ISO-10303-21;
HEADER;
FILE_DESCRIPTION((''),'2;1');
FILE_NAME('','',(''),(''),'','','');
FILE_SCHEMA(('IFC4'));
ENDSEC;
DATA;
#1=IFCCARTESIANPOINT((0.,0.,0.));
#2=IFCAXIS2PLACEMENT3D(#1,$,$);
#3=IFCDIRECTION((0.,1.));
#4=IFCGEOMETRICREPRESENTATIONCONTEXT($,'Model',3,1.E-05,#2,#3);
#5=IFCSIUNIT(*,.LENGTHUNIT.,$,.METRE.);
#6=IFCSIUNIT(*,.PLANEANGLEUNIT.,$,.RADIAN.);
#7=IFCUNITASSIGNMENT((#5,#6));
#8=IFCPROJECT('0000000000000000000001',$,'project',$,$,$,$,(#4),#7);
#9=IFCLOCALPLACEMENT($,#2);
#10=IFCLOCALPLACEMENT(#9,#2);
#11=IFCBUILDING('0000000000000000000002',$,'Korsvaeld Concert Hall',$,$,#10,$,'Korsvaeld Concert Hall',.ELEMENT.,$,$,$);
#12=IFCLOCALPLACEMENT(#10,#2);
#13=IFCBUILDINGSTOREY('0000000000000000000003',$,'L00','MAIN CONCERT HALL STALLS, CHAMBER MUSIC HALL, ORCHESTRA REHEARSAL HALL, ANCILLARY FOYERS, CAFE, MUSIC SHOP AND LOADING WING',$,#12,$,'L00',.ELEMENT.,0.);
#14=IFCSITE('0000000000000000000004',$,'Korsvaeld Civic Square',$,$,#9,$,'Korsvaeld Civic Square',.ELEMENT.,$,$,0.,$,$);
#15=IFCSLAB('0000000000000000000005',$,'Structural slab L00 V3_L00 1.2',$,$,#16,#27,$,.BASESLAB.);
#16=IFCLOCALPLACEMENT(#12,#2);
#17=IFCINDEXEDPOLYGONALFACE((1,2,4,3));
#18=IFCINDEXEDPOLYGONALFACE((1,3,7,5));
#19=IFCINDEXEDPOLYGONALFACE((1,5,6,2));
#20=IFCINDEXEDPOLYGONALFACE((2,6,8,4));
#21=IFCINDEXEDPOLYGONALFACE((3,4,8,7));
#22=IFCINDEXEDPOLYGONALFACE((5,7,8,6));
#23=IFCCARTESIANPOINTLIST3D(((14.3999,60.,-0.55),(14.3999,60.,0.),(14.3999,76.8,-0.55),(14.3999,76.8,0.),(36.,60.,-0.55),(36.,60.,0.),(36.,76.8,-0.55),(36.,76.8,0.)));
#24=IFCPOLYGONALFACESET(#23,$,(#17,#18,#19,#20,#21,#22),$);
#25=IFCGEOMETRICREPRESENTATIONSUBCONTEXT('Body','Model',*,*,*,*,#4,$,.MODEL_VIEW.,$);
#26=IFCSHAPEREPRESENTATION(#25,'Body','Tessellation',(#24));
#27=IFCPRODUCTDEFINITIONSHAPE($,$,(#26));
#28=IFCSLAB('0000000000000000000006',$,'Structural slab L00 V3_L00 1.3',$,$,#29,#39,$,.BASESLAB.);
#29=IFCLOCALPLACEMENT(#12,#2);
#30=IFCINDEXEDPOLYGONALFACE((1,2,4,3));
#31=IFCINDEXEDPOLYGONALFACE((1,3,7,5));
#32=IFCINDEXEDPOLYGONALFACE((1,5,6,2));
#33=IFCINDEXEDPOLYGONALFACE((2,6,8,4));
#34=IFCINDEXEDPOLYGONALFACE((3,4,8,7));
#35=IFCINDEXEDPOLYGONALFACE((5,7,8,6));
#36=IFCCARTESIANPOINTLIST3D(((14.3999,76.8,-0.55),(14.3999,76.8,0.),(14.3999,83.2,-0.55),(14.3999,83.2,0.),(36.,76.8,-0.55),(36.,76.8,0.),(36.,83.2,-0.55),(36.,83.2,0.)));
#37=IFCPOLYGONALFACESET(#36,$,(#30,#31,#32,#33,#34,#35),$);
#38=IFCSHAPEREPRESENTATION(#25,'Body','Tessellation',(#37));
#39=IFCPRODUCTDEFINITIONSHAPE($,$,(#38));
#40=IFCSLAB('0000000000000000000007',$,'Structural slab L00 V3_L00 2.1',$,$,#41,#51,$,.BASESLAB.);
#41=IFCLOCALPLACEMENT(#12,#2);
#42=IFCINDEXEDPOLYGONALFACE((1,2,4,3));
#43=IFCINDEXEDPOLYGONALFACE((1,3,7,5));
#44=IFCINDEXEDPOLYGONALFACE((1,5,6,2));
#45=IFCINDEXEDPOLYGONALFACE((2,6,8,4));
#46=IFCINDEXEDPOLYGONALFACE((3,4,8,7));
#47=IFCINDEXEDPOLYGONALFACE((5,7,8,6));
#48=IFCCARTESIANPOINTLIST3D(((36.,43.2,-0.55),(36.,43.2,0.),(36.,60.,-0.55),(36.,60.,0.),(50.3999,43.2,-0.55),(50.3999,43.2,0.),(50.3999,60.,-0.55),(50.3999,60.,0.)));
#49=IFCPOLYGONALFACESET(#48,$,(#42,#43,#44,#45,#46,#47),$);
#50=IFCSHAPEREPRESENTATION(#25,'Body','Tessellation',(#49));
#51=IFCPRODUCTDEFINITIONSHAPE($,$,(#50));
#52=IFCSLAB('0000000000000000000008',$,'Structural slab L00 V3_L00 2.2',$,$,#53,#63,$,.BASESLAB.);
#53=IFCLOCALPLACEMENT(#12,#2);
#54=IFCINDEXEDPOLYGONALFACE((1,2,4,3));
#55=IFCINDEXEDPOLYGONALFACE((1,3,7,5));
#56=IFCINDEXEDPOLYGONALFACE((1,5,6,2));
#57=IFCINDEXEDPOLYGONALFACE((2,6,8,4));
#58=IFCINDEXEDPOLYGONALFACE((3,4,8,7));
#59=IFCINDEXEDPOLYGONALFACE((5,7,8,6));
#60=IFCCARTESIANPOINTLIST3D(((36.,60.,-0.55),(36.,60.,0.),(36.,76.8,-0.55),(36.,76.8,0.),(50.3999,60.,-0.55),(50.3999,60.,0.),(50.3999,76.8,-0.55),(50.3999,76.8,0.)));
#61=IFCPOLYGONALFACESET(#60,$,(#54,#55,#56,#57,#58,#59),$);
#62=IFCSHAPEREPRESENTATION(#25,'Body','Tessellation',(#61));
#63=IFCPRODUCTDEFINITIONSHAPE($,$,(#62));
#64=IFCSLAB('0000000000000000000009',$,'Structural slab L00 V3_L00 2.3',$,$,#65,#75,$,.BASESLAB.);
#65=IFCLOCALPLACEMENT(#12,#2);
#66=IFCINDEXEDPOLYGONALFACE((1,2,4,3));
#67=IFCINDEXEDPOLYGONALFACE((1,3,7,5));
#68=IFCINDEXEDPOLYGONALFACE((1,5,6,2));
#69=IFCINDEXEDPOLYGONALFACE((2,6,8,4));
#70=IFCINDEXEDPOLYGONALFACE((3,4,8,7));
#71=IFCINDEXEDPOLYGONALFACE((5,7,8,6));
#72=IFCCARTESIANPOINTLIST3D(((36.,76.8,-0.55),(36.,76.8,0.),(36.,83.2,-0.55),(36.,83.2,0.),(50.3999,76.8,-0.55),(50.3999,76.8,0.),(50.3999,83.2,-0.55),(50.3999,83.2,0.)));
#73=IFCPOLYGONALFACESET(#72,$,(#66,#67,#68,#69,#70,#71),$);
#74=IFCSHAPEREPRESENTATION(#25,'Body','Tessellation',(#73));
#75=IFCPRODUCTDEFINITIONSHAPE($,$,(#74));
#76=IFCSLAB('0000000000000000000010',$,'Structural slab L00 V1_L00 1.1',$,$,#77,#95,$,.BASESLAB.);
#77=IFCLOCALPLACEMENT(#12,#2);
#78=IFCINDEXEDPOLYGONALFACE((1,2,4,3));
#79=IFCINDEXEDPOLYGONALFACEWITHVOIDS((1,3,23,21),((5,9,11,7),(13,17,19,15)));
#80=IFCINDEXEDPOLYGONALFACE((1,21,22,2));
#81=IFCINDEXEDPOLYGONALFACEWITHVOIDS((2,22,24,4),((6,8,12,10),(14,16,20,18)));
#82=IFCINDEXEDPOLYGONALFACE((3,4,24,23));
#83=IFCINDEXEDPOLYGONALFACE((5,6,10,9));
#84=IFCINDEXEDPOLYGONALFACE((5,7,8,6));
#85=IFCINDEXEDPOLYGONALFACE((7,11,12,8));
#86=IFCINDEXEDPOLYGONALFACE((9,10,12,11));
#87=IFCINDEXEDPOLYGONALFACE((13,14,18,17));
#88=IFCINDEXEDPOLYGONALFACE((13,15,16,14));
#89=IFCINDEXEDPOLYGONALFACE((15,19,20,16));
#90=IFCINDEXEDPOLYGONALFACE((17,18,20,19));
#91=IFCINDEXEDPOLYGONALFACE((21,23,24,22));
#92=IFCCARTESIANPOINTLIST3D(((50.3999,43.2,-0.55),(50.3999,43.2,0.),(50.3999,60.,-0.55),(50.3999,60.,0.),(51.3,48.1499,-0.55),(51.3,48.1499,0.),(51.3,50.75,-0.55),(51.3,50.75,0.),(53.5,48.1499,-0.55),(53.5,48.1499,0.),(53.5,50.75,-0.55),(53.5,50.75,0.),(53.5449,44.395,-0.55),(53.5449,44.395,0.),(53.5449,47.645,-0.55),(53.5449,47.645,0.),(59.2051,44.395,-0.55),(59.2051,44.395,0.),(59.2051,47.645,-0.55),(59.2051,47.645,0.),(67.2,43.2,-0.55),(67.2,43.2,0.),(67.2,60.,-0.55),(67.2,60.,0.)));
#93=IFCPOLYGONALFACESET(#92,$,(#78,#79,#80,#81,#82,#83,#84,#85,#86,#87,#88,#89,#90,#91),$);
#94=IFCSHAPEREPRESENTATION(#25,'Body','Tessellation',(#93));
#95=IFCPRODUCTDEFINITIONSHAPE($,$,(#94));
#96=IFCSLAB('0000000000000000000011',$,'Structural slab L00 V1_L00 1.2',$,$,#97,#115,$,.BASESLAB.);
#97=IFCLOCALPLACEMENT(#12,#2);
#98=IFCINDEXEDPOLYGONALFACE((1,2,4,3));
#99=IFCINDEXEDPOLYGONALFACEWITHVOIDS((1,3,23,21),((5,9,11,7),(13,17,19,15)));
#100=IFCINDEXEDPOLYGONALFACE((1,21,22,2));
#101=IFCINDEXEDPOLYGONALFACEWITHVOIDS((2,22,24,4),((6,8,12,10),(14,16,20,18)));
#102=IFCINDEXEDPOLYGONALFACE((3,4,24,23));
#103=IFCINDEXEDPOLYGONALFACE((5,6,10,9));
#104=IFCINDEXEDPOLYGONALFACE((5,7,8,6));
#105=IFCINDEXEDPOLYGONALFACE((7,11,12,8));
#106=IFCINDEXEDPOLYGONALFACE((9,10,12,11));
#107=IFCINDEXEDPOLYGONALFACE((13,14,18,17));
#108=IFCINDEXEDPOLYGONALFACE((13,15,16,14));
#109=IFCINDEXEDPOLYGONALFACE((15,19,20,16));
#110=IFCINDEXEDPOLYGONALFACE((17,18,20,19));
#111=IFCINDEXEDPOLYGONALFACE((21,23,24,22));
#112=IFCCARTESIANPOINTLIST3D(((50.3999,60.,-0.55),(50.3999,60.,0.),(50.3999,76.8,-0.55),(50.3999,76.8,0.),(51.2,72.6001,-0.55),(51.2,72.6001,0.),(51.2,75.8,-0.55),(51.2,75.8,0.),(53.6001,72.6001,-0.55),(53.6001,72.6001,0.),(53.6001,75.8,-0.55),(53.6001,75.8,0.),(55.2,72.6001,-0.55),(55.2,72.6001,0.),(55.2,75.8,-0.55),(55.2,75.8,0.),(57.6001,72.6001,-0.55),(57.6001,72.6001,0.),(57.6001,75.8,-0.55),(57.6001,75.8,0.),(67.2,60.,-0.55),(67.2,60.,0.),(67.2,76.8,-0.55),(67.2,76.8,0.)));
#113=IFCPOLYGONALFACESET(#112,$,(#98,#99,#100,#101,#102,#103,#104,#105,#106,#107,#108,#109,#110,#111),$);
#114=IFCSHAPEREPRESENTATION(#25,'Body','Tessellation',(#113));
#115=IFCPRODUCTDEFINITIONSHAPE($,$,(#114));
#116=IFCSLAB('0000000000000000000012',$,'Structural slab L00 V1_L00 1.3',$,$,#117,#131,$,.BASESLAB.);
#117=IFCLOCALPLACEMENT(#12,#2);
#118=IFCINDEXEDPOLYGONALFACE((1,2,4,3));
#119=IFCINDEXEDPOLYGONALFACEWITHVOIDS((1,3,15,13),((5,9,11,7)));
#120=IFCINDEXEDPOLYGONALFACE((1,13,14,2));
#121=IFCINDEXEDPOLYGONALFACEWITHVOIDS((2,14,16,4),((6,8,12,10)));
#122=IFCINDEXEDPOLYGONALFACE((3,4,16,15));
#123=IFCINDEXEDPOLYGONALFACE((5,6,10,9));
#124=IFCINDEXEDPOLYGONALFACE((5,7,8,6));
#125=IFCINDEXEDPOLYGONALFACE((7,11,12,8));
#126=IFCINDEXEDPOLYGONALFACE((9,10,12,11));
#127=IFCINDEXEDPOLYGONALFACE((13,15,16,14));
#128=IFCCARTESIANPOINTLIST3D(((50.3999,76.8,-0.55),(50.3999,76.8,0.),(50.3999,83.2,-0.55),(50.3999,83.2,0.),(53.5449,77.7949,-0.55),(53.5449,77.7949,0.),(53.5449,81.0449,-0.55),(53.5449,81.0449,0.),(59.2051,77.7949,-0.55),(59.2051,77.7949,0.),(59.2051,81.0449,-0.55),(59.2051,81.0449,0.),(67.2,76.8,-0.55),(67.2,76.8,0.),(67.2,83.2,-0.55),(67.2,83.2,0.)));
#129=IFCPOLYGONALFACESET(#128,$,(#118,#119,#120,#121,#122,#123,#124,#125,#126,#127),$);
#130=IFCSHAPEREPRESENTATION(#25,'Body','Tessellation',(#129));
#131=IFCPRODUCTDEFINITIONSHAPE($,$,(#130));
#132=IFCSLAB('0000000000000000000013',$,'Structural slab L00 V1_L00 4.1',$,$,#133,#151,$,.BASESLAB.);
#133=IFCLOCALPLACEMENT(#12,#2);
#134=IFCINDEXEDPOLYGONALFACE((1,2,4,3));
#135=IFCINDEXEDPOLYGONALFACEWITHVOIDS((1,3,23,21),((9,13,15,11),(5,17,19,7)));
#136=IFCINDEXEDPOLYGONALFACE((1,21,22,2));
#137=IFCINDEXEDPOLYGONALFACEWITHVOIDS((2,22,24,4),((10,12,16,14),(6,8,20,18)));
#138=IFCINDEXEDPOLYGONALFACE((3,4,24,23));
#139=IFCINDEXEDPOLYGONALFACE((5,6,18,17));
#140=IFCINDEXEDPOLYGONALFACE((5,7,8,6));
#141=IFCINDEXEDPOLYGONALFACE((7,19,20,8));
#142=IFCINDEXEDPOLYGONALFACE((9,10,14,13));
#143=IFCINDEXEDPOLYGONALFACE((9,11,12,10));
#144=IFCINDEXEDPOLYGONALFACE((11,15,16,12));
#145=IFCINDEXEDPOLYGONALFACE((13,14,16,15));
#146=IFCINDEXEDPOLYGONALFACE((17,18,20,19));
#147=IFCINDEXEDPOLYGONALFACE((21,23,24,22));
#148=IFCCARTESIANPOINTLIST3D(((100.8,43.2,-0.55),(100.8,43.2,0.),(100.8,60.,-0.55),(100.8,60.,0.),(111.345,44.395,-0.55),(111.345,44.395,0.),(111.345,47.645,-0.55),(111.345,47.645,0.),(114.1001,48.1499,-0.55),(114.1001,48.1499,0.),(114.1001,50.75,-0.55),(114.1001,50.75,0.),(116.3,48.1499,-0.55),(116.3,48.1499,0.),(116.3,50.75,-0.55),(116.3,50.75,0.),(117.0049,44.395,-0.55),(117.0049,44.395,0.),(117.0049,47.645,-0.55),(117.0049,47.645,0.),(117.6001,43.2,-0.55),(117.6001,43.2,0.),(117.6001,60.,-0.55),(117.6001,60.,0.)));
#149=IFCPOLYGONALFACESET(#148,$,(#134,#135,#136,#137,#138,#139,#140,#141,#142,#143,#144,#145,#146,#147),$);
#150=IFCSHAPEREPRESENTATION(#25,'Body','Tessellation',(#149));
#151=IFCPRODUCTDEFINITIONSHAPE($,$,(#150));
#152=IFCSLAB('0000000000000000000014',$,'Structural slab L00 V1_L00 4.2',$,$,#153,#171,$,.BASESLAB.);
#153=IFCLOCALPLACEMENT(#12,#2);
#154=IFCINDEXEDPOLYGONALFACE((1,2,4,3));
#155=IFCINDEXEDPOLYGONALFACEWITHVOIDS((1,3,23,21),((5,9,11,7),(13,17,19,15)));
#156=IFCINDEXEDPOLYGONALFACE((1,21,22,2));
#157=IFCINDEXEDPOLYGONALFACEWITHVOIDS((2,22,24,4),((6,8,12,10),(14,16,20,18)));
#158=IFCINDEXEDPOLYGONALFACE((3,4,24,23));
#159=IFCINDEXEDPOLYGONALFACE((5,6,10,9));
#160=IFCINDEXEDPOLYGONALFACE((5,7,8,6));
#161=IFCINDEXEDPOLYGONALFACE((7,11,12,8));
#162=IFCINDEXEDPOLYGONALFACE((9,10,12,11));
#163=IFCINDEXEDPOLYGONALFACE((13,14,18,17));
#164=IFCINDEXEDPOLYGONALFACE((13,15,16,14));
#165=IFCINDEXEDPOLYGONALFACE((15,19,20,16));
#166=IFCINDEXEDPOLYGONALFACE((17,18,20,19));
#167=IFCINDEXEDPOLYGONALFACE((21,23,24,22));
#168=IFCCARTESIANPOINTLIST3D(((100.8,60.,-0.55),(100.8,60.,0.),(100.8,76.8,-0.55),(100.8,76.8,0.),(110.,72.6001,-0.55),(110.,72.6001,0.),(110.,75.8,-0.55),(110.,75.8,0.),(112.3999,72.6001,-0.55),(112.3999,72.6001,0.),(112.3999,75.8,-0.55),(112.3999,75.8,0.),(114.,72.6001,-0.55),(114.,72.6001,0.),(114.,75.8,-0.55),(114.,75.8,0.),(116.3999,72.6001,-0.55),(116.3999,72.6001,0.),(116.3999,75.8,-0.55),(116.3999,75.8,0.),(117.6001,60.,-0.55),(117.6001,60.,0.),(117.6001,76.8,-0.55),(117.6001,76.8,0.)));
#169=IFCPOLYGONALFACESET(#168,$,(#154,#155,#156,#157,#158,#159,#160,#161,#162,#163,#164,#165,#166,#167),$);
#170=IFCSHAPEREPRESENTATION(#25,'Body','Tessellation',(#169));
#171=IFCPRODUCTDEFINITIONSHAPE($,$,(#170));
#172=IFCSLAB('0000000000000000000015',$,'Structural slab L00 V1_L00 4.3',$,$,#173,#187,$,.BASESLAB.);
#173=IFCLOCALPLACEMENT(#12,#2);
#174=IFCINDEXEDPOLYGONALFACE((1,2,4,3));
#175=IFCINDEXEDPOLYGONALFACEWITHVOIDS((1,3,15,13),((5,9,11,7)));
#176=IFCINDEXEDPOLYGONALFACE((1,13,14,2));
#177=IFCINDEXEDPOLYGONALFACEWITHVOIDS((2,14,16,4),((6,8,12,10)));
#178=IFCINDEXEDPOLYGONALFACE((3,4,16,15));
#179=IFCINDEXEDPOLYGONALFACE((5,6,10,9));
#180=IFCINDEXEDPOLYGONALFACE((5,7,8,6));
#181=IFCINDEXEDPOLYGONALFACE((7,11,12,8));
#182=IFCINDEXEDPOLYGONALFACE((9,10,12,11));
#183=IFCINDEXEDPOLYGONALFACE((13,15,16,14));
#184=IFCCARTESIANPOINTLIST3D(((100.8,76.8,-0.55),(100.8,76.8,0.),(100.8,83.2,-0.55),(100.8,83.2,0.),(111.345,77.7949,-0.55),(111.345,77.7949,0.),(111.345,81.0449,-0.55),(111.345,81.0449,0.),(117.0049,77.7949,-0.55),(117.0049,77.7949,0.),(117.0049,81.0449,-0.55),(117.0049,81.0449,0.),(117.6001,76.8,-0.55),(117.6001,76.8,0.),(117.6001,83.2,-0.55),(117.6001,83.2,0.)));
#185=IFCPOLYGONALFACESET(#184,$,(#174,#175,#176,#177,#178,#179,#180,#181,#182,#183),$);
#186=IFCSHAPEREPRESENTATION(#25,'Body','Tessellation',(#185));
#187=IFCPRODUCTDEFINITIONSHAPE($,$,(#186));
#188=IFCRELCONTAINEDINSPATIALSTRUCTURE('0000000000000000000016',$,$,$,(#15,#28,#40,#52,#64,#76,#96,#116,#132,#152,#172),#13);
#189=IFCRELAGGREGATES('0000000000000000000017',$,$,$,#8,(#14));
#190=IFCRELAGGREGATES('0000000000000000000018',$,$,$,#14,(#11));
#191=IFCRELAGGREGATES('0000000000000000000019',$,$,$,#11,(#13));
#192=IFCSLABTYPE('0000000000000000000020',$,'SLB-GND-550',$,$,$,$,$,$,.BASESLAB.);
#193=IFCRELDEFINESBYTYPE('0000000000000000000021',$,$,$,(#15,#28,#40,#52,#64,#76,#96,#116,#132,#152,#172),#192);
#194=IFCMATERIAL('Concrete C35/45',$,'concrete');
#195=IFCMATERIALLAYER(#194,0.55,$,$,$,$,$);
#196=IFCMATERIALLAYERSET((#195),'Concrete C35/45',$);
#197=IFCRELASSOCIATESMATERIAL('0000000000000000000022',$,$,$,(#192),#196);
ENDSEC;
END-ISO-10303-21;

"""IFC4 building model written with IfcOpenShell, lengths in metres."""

from ifc_helpers import new_model, si_unit, direction, frame, origin, place, context, subcontext, project, spatial, polyline, outline, extrude, material, layer, layer_set, type_object, element, save


model = new_model("IFC4")

# Units and contexts
model_context = context("Model", 3, precision=1e-05, world=origin(), true_north=direction((0.0, 1.0)))
body_context = subcontext(model_context, "Body", "Model", "MODEL_VIEW")
ifc_project = project(units=[si_unit("LENGTHUNIT", "METRE"), si_unit("PLANEANGLEUNIT", "RADIAN")], contexts=[model_context])

# Site, building, storey
site_placement = place(None, origin())
site = spatial("IfcSite", under=ifc_project, at=site_placement, Name="Korsvaeld Civic Square", LongName="Korsvaeld Civic Square", CompositionType="ELEMENT", RefElevation=0.0)
building_placement = place(site_placement, origin())
building = spatial("IfcBuilding", under=site, at=building_placement, Name="Korsvaeld Concert Hall", LongName="Korsvaeld Concert Hall", CompositionType="ELEMENT")
storey_placement = place(building_placement, origin())
storey = spatial("IfcBuildingStorey", under=building, at=storey_placement, Name="L00", Description="MAIN CONCERT HALL STALLS, CHAMBER MUSIC HALL, ORCHESTRA REHEARSAL HALL, ANCILLARY FOYERS, CAFE, MUSIC SHOP AND LOADING WING", LongName="L00", CompositionType="ELEMENT", Elevation=0.0)

# Slabs
ifc_material = material(Name="Concrete C35/45", Category="concrete")
ifc_layer = layer(ifc_material, 0.55)
ifc_layer_set = layer_set([ifc_layer], Name="Concrete C35/45")
slab_type = type_object("IfcSlabType", Name="SLB-GND-550", PredefinedType="BASESLAB", material=ifc_layer_set)
slab_1_placement = place(storey_placement, frame((0.0, 0.0, -0.55)))
element("IfcSlab", 1, at=slab_1_placement, inside=storey, type_object=slab_type, Name="Structural slab L00 V3_L00 1.2", PredefinedType="BASESLAB", context=body_context, shape_type="SweptSolid", body=[
    extrude(outline(polyline([(14.3999, 60.0), (14.3999, 76.8), (36.0, 76.8), (36.0, 60.0), (14.3999, 60.0)])), origin(), (0.0, 0.0, 1.0), 0.55),
])
slab_2_placement = place(storey_placement, frame((0.0, 0.0, -0.55)))
element("IfcSlab", 2, at=slab_2_placement, inside=storey, type_object=slab_type, Name="Structural slab L00 V3_L00 1.3", PredefinedType="BASESLAB", context=body_context, shape_type="SweptSolid", body=[
    extrude(outline(polyline([(14.3999, 76.8), (14.3999, 83.2), (36.0, 83.2), (36.0, 76.8), (14.3999, 76.8)])), origin(), (0.0, 0.0, 1.0), 0.55),
])
slab_3_placement = place(storey_placement, frame((0.0, 0.0, -0.55)))
element("IfcSlab", 3, at=slab_3_placement, inside=storey, type_object=slab_type, Name="Structural slab L00 V3_L00 2.1", PredefinedType="BASESLAB", context=body_context, shape_type="SweptSolid", body=[
    extrude(outline(polyline([(36.0, 43.2), (36.0, 60.0), (50.3999, 60.0), (50.3999, 43.2), (36.0, 43.2)])), origin(), (0.0, 0.0, 1.0), 0.55),
])
slab_4_placement = place(storey_placement, frame((0.0, 0.0, -0.55)))
element("IfcSlab", 4, at=slab_4_placement, inside=storey, type_object=slab_type, Name="Structural slab L00 V3_L00 2.2", PredefinedType="BASESLAB", context=body_context, shape_type="SweptSolid", body=[
    extrude(outline(polyline([(36.0, 60.0), (36.0, 76.8), (50.3999, 76.8), (50.3999, 60.0), (36.0, 60.0)])), origin(), (0.0, 0.0, 1.0), 0.55),
])
slab_5_placement = place(storey_placement, frame((0.0, 0.0, -0.55)))
element("IfcSlab", 5, at=slab_5_placement, inside=storey, type_object=slab_type, Name="Structural slab L00 V3_L00 2.3", PredefinedType="BASESLAB", context=body_context, shape_type="SweptSolid", body=[
    extrude(outline(polyline([(36.0, 76.8), (36.0, 83.2), (50.3999, 83.2), (50.3999, 76.8), (36.0, 76.8)])), origin(), (0.0, 0.0, 1.0), 0.55),
])
slab_6_placement = place(storey_placement, frame((0.0, 0.0, -0.55)))
element("IfcSlab", 6, at=slab_6_placement, inside=storey, type_object=slab_type, Name="Structural slab L00 V1_L00 1.1", PredefinedType="BASESLAB", context=body_context, shape_type="SweptSolid", body=[
    extrude(outline(polyline([(50.3999, 43.2), (50.3999, 60.0), (67.2, 60.0), (67.2, 43.2), (50.3999, 43.2)]), holes=[polyline([(59.2051, 47.645), (53.5449, 47.645), (53.5449, 44.395), (59.2051, 44.395), (59.2051, 47.645)]), polyline([(53.5, 50.75), (51.3, 50.75), (51.3, 48.1499), (53.5, 48.1499), (53.5, 50.75)])]), origin(), (0.0, 0.0, 1.0), 0.55),
])
slab_7_placement = place(storey_placement, frame((0.0, 0.0, -0.55)))
element("IfcSlab", 7, at=slab_7_placement, inside=storey, type_object=slab_type, Name="Structural slab L00 V1_L00 1.2", PredefinedType="BASESLAB", context=body_context, shape_type="SweptSolid", body=[
    extrude(outline(polyline([(50.3999, 60.0), (50.3999, 76.8), (67.2, 76.8), (67.2, 60.0), (50.3999, 60.0)]), holes=[polyline([(53.6001, 75.8), (51.2, 75.8), (51.2, 72.6001), (53.6001, 72.6001), (53.6001, 75.8)]), polyline([(57.6001, 75.8), (55.2, 75.8), (55.2, 72.6001), (57.6001, 72.6001), (57.6001, 75.8)])]), origin(), (0.0, 0.0, 1.0), 0.55),
])
slab_8_placement = place(storey_placement, frame((0.0, 0.0, -0.55)))
element("IfcSlab", 8, at=slab_8_placement, inside=storey, type_object=slab_type, Name="Structural slab L00 V1_L00 1.3", PredefinedType="BASESLAB", context=body_context, shape_type="SweptSolid", body=[
    extrude(outline(polyline([(50.3999, 76.8), (50.3999, 83.2), (67.2, 83.2), (67.2, 76.8), (50.3999, 76.8)]), holes=[polyline([(59.2051, 77.7949), (59.2051, 81.0449), (53.5449, 81.0449), (53.5449, 77.7949), (59.2051, 77.7949)])]), origin(), (0.0, 0.0, 1.0), 0.55),
])
slab_9_placement = place(storey_placement, frame((0.0, 0.0, -0.55)))
element("IfcSlab", 9, at=slab_9_placement, inside=storey, type_object=slab_type, Name="Structural slab L00 V1_L00 4.1", PredefinedType="BASESLAB", context=body_context, shape_type="SweptSolid", body=[
    extrude(outline(polyline([(100.8, 43.2), (100.8, 60.0), (117.6001, 60.0), (117.6001, 43.2), (100.8, 43.2)]), holes=[polyline([(117.0049, 47.645), (111.345, 47.645), (111.345, 44.395), (117.0049, 44.395), (117.0049, 47.645)]), polyline([(116.3, 50.75), (114.1001, 50.75), (114.1001, 48.1499), (116.3, 48.1499), (116.3, 50.75)])]), origin(), (0.0, 0.0, 1.0), 0.55),
])
slab_10_placement = place(storey_placement, frame((0.0, 0.0, -0.55)))
element("IfcSlab", 10, at=slab_10_placement, inside=storey, type_object=slab_type, Name="Structural slab L00 V1_L00 4.2", PredefinedType="BASESLAB", context=body_context, shape_type="SweptSolid", body=[
    extrude(outline(polyline([(100.8, 60.0), (100.8, 76.8), (117.6001, 76.8), (117.6001, 60.0), (100.8, 60.0)]), holes=[polyline([(112.3999, 75.8), (110.0, 75.8), (110.0, 72.6001), (112.3999, 72.6001), (112.3999, 75.8)]), polyline([(116.3999, 75.8), (114.0, 75.8), (114.0, 72.6001), (116.3999, 72.6001), (116.3999, 75.8)])]), origin(), (0.0, 0.0, 1.0), 0.55),
])
slab_11_placement = place(storey_placement, frame((0.0, 0.0, -0.55)))
element("IfcSlab", 11, at=slab_11_placement, inside=storey, type_object=slab_type, Name="Structural slab L00 V1_L00 4.3", PredefinedType="BASESLAB", context=body_context, shape_type="SweptSolid", body=[
    extrude(outline(polyline([(100.8, 76.8), (100.8, 83.2), (117.6001, 83.2), (117.6001, 76.8), (100.8, 76.8)]), holes=[polyline([(117.0049, 77.7949), (117.0049, 81.0449), (111.345, 81.0449), (111.345, 77.7949), (117.0049, 77.7949)])]), origin(), (0.0, 0.0, 1.0), 0.55),
])

save(model, "model.ifc")
